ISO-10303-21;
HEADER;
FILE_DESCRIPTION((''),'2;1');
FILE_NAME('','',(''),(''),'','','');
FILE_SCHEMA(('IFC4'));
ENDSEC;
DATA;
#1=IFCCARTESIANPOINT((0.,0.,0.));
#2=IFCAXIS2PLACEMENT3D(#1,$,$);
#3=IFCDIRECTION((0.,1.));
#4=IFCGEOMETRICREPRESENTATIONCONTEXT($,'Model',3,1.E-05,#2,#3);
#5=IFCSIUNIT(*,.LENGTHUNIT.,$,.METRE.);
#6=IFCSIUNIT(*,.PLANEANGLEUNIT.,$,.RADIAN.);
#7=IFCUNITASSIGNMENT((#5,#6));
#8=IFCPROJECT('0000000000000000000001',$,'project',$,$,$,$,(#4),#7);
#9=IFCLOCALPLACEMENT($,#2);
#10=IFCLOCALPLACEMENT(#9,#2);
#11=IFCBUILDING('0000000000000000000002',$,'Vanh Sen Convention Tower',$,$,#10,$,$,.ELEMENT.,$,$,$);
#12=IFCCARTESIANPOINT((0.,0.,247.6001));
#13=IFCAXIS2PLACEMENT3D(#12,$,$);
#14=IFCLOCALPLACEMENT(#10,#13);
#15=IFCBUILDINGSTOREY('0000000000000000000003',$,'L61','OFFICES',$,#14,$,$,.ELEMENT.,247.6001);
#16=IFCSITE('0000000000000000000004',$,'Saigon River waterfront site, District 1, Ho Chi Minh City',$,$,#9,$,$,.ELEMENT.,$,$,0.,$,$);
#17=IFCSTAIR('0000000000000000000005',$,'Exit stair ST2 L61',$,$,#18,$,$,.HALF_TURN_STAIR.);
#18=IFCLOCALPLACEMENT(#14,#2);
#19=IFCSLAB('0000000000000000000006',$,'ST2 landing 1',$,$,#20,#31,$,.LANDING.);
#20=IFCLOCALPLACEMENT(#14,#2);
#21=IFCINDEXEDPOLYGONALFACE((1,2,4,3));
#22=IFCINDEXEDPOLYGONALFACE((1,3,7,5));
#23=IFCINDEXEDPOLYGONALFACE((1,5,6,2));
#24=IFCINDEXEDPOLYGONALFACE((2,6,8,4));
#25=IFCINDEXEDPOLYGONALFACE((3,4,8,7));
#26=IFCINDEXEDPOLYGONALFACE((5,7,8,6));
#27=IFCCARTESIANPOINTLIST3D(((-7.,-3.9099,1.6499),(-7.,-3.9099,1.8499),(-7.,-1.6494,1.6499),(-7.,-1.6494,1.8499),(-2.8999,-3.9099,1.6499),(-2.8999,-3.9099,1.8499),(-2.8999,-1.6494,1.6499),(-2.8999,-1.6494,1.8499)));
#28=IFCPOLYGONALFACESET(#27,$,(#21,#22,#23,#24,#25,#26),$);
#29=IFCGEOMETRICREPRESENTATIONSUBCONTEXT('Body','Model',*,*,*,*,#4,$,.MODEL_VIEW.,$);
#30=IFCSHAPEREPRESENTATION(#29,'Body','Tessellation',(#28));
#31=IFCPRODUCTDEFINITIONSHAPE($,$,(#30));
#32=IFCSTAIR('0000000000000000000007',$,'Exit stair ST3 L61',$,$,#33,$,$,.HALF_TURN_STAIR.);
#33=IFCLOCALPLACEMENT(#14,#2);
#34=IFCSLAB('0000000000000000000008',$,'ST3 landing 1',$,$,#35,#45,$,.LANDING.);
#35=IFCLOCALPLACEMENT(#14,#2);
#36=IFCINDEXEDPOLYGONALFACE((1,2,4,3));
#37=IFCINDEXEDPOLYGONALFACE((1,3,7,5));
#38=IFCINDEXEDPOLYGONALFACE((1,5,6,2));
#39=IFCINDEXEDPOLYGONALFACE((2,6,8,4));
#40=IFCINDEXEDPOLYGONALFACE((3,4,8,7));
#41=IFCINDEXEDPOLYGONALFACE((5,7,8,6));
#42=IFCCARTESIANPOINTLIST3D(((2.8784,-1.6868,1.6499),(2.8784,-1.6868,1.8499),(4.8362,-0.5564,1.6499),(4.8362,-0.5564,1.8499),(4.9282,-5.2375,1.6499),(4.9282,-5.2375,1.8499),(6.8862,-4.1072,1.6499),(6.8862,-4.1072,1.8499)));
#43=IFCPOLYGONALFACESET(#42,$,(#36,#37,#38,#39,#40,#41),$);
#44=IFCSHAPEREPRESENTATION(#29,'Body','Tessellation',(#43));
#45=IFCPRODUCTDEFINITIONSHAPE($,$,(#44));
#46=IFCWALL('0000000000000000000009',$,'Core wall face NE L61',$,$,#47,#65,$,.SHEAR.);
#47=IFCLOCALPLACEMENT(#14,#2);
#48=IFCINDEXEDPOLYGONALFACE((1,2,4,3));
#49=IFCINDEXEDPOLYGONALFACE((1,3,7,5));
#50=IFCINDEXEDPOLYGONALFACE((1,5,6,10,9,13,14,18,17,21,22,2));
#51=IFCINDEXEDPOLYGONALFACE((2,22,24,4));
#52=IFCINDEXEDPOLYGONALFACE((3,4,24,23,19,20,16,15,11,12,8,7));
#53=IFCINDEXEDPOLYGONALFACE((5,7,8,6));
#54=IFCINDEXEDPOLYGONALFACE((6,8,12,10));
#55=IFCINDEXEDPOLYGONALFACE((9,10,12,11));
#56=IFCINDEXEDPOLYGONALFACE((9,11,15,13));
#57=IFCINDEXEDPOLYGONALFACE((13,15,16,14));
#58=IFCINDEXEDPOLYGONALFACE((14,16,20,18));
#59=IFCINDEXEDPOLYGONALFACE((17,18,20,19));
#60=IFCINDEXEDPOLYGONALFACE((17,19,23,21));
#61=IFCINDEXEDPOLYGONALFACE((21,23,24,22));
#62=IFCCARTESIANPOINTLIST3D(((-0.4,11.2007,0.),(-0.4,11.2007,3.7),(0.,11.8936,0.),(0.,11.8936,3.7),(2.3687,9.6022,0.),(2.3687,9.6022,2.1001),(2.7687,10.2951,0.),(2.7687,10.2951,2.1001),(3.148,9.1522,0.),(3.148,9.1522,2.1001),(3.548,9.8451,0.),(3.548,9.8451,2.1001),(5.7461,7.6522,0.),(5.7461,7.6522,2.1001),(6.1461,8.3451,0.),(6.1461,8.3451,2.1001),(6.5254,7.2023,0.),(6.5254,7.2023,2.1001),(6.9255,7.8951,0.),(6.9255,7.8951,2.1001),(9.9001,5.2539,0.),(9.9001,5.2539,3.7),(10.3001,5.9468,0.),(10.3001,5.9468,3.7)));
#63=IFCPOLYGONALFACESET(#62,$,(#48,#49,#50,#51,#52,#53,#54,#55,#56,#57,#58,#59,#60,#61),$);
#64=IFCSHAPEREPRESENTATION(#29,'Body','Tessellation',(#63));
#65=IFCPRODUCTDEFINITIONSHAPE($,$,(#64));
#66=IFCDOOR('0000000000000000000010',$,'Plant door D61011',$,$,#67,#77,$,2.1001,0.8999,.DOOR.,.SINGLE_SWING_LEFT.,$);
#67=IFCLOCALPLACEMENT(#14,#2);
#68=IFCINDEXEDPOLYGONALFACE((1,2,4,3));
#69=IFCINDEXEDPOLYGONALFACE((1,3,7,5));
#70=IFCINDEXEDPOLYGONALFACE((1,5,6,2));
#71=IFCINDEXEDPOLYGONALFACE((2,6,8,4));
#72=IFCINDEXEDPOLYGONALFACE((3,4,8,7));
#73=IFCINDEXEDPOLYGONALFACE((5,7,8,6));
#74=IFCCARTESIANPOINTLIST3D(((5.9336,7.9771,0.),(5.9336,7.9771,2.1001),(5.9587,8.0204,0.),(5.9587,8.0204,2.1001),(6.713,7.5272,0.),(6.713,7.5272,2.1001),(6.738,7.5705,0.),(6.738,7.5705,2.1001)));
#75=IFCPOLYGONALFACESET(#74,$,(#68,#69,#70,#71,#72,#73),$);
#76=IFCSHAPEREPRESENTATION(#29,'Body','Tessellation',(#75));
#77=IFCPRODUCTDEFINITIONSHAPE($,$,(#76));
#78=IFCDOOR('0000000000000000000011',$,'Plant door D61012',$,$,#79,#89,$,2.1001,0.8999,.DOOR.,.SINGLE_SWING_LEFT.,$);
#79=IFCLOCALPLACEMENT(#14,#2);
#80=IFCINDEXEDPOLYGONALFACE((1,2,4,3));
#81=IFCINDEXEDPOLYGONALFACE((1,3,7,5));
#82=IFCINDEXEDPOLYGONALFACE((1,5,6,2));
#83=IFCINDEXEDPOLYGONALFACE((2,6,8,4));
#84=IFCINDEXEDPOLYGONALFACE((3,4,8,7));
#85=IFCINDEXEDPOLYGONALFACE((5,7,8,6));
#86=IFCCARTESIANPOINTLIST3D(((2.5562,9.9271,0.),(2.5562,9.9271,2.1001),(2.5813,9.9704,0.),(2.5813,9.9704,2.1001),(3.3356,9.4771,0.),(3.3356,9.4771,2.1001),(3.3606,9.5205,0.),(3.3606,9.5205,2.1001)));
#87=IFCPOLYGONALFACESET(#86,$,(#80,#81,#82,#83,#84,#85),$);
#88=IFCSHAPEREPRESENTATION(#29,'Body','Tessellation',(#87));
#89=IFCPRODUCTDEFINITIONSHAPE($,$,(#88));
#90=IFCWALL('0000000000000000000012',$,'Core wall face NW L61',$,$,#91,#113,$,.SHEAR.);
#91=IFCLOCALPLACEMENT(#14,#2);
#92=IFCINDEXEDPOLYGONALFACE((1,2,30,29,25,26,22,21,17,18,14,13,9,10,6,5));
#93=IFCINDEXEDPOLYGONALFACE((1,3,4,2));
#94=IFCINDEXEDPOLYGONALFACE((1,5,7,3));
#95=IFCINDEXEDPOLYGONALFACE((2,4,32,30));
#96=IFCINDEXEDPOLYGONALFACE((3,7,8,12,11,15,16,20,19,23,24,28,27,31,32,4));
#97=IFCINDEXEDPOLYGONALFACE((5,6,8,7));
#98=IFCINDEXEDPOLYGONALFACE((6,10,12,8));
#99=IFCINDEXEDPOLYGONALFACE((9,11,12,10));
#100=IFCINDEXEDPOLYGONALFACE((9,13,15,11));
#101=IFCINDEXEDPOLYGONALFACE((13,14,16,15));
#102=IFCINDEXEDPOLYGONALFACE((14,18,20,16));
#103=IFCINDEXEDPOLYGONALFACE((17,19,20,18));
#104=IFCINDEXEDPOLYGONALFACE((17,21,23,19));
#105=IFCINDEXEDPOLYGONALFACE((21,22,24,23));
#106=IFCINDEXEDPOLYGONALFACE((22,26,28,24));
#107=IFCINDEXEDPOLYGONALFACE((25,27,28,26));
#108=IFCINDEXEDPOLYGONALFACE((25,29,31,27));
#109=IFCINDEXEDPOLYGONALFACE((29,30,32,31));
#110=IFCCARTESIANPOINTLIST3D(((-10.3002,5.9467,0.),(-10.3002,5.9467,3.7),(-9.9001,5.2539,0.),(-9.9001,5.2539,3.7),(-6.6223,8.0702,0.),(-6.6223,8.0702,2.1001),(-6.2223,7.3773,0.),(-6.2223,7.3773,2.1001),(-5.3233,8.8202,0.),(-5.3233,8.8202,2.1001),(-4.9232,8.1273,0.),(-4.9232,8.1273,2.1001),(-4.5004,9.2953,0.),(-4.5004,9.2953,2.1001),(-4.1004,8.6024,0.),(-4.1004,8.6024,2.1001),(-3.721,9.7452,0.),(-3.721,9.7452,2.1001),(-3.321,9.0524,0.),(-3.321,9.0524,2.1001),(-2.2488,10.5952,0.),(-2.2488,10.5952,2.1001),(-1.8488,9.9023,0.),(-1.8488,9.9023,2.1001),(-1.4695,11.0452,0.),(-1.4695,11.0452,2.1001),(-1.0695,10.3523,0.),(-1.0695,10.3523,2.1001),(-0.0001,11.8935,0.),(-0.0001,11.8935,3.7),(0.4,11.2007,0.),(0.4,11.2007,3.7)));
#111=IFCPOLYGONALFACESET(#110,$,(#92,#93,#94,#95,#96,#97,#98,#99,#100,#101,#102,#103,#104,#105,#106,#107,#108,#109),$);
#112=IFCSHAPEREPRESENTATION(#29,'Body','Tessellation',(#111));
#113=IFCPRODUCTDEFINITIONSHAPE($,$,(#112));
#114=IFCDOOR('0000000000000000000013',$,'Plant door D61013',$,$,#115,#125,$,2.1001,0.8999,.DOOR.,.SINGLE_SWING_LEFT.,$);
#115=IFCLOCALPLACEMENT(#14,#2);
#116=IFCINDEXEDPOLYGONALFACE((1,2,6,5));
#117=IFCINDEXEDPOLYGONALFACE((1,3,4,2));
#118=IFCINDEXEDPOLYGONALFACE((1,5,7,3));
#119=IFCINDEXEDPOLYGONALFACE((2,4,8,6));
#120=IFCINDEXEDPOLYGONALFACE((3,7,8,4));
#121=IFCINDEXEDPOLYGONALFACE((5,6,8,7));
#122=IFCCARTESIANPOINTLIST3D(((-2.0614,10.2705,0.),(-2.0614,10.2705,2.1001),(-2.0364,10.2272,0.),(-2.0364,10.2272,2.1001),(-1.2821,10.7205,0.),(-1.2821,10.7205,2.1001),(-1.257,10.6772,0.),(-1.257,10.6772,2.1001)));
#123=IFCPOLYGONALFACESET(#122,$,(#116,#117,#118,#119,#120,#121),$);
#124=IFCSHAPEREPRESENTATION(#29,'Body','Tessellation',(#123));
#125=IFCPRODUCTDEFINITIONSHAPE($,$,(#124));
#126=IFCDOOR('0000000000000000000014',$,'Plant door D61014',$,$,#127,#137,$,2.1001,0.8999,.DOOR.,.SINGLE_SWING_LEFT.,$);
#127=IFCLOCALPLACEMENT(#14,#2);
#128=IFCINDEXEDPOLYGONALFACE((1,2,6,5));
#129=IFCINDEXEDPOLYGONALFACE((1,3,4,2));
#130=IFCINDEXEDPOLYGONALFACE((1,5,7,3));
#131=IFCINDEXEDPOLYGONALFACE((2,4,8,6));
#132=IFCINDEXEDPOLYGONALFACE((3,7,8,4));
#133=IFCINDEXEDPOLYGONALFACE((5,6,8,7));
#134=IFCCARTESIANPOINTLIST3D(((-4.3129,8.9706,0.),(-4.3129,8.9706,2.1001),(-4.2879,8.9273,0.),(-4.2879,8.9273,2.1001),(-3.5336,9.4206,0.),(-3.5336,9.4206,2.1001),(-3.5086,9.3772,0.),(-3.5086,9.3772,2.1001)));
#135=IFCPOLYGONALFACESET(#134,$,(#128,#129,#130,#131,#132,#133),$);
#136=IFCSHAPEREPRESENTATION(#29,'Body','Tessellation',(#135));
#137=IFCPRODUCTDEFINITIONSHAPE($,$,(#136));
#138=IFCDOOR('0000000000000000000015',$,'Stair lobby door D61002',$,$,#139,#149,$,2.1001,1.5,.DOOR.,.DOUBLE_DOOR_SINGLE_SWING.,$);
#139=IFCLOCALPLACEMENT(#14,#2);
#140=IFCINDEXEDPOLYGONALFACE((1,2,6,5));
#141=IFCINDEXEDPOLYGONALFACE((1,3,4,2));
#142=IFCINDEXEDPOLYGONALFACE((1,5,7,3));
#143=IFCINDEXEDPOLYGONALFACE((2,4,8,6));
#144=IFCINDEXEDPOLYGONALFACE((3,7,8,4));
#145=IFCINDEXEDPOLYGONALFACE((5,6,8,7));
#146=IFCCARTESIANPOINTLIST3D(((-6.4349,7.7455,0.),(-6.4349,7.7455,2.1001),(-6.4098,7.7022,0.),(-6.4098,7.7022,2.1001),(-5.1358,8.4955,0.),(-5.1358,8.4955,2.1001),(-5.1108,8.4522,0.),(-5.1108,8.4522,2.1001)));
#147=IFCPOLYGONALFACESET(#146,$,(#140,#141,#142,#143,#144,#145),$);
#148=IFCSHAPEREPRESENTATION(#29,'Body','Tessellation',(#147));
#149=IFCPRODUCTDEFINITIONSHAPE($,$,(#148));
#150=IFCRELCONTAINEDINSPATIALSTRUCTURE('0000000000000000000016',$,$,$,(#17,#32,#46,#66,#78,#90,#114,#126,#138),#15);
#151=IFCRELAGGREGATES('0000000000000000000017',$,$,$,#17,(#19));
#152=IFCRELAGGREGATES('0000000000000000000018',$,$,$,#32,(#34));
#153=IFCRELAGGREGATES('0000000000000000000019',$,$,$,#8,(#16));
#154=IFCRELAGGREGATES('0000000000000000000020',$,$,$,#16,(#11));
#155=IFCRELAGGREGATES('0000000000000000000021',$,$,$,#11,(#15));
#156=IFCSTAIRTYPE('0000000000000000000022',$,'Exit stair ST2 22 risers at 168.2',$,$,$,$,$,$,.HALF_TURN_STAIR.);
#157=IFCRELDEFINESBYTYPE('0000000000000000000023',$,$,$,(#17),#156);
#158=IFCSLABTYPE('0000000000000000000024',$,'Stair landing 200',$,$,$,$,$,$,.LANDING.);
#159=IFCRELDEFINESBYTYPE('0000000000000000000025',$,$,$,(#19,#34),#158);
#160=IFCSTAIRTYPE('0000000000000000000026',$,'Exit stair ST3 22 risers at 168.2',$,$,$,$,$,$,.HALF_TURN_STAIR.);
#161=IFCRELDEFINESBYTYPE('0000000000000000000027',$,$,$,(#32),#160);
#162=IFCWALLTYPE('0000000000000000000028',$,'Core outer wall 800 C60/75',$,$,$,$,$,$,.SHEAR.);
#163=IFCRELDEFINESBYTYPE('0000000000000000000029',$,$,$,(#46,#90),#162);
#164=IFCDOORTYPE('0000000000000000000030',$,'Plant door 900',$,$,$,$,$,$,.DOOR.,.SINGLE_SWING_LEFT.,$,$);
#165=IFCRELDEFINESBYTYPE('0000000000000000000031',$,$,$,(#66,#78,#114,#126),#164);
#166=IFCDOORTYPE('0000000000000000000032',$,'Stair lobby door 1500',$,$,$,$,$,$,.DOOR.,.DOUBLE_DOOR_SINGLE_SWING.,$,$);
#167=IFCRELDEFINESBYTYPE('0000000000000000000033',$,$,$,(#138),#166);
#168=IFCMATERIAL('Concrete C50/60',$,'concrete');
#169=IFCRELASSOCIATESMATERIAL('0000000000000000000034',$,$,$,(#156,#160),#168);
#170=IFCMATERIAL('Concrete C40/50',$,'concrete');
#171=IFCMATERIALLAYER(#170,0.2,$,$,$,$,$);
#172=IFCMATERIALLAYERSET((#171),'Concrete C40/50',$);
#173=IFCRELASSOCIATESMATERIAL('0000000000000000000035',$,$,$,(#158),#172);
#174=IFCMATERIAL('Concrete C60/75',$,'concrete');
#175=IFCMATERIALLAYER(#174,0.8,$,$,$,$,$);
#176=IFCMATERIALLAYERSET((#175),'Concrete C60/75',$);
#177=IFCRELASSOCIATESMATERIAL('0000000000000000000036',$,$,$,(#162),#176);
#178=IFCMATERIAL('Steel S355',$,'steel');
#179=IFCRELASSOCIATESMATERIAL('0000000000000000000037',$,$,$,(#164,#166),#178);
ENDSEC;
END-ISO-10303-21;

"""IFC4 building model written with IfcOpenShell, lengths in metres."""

from ifc_helpers import new_model, si_unit, direction, frame, frame_2d, origin, place, context, subcontext, project, spatial, polyline, rectangle, outline, extrude, material, layer, layer_set, type_object, element, fill, aggregate, save


model = new_model("IFC4")

# Units and contexts
model_context = context("Model", 3, precision=1e-05, world=origin(), true_north=direction((0.0, 1.0)))
body_context = subcontext(model_context, "Body", "Model", "MODEL_VIEW")
ifc_project = project(units=[si_unit("LENGTHUNIT", "METRE"), si_unit("PLANEANGLEUNIT", "RADIAN")], contexts=[model_context])

# Site, building, storey
site_placement = place(None, origin())
site = spatial("IfcSite", under=ifc_project, at=site_placement, Name="Saigon River waterfront site, District 1, Ho Chi Minh City", CompositionType="ELEMENT", RefElevation=0.0)
building_placement = place(site_placement, origin())
building = spatial("IfcBuilding", under=site, at=building_placement, Name="Vanh Sen Convention Tower", CompositionType="ELEMENT")
storey_placement = place(building_placement, frame((0.0, 0.0, 247.6001)))
storey = spatial("IfcBuildingStorey", under=building, at=storey_placement, Name="L61", Description="OFFICES", CompositionType="ELEMENT", Elevation=247.6001)

# Stairs, slabs
ifc_material_1 = material(Name="Concrete C50/60", Category="concrete")
stair_type_1 = type_object("IfcStairType", Name="Exit stair ST2 22 risers at 168.2", PredefinedType="HALF_TURN_STAIR", material=ifc_material_1)
stair_1_placement = place(storey_placement, origin())
stair_1 = element("IfcStair", 1, at=stair_1_placement, inside=storey, type_object=stair_type_1, Name="Exit stair ST2 L61", PredefinedType="HALF_TURN_STAIR")
ifc_material_2 = material(Name="Concrete C40/50", Category="concrete")
ifc_layer_1 = layer(ifc_material_2, 0.2)
ifc_layer_set_1 = layer_set([ifc_layer_1], Name="Concrete C40/50")
slab_type = type_object("IfcSlabType", Name="Stair landing 200", PredefinedType="LANDING", material=ifc_layer_set_1)
slab_1_placement = place(storey_placement, frame((0.0, 0.0, 1.6499)))
slab_1 = element("IfcSlab", 2, at=slab_1_placement, type_object=slab_type, Name="ST2 landing 1", PredefinedType="LANDING", context=body_context, shape_type="SweptSolid", body=[
    extrude(outline(polyline([(-7.0, -1.6494), (-7.0, -3.9099), (-2.8999, -3.9099), (-2.8999, -1.6494), (-7.0, -1.6494)])), origin(), (0.0, 0.0, 1.0), 0.2),
])
aggregate(stair_1, [slab_1])
stair_type_2 = type_object("IfcStairType", Name="Exit stair ST3 22 risers at 168.2", PredefinedType="HALF_TURN_STAIR", material=ifc_material_1)
stair_2_placement = place(storey_placement, origin())
stair_2 = element("IfcStair", 3, at=stair_2_placement, inside=storey, type_object=stair_type_2, Name="Exit stair ST3 L61", PredefinedType="HALF_TURN_STAIR")
slab_2_placement = place(storey_placement, frame((0.0, 0.0, 1.6499)))
slab_2 = element("IfcSlab", 4, at=slab_2_placement, type_object=slab_type, Name="ST3 landing 1", PredefinedType="LANDING", context=body_context, shape_type="SweptSolid", body=[
    extrude(outline(polyline([(4.9282, -5.2375), (6.8862, -4.1072), (4.8362, -0.5564), (2.8784, -1.6868), (4.9282, -5.2375)])), origin(), (0.0, 0.0, 1.0), 0.2),
])
aggregate(stair_2, [slab_2])

# Walls, openings, doors
ifc_material_3 = material(Name="Concrete C60/75", Category="concrete")
ifc_layer_2 = layer(ifc_material_3, 0.8)
ifc_layer_set_2 = layer_set([ifc_layer_2], Name="Concrete C60/75")
wall_type_1 = type_object("IfcWallType", Name="Core outer wall 800 C60/75", PredefinedType="SHEAR", material=ifc_layer_set_2)
wall_1_placement = place(storey_placement, frame((10.1001, 5.6003, 0.0), z_axis=(0.0, 0.0, 1.0), x_axis=(-0.866024, 0.500003, 0.0)))
wall_1 = element("IfcWall", 5, at=wall_1_placement, inside=storey, type_object=wall_type_1, Name="Core wall face NE L61", PredefinedType="SHEAR", context=body_context, shape_type="SweptSolid", body=[
    extrude(rectangle(XDim=11.8936, YDim=0.8, at=frame_2d((5.9468, 0.0))), origin(), (0.0, 0.0, 1.0), 3.7),
])
opening_1_placement = place(wall_1_placement, frame((3.8967, 0.0, 0.0)))
opening_1 = element("IfcOpeningElement", 6, at=opening_1_placement, cuts=wall_1, PredefinedType="OPENING", context=body_context, shape_type="SweptSolid", body=[
    extrude(rectangle(XDim=0.8999, YDim=2.1001, at=frame_2d((0.45, 1.05))), frame((0.0, 0.4099, 0.0), z_axis=(0.0, -1.0, 0.0), x_axis=(1.0, 0.0, 0.0)), (0.0, 0.0, 1.0), 0.8201),
])
opening_2_placement = place(wall_1_placement, frame((7.7966, 0.0, 0.0)))
opening_2 = element("IfcOpeningElement", 7, at=opening_2_placement, cuts=wall_1, PredefinedType="OPENING", context=body_context, shape_type="SweptSolid", body=[
    extrude(rectangle(XDim=0.8999, YDim=2.1001, at=frame_2d((0.45, 1.05))), frame((0.0, 0.4099, 0.0), z_axis=(0.0, -1.0, 0.0), x_axis=(1.0, 0.0, 0.0)), (0.0, 0.0, 1.0), 0.8201),
])
ifc_material_4 = material(Name="Steel S355", Category="steel")
door_type_1 = type_object("IfcDoorType", Name="Plant door 900", OperationType="SINGLE_SWING_LEFT", PredefinedType="DOOR", material=ifc_material_4)
door_1_placement = place(opening_1_placement, origin())
door_1 = element("IfcDoor", 8, at=door_1_placement, inside=storey, type_object=door_type_1, Name="Plant door D61011", OperationType="SINGLE_SWING_LEFT", OverallHeight=2.1001, OverallWidth=0.8999, PredefinedType="DOOR", context=body_context, shape_type="SweptSolid", body=[
    extrude(rectangle(XDim=0.8999, YDim=2.1001, at=frame_2d((0.45, 1.05))), frame((0.0, 0.0249, 0.0), z_axis=(0.0, -1.0, 0.0), x_axis=(1.0, 0.0, 0.0)), (0.0, 0.0, 1.0), 0.05),
])
fill(opening_1, door_1)
door_2_placement = place(opening_2_placement, origin())
door_2 = element("IfcDoor", 9, at=door_2_placement, inside=storey, type_object=door_type_1, Name="Plant door D61012", OperationType="SINGLE_SWING_LEFT", OverallHeight=2.1001, OverallWidth=0.8999, PredefinedType="DOOR", context=body_context, shape_type="SweptSolid", body=[
    extrude(rectangle(XDim=0.8999, YDim=2.1001, at=frame_2d((0.45, 1.05))), frame((0.0, 0.0249, 0.0), z_axis=(0.0, -1.0, 0.0), x_axis=(1.0, 0.0, 0.0)), (0.0, 0.0, 1.0), 0.05),
])
fill(opening_2, door_2)
wall_2_placement = place(storey_placement, frame((0.2, 11.5471, 0.0), z_axis=(0.0, 0.0, 1.0), x_axis=(-0.866024, -0.500003, 0.0)))
wall_2 = element("IfcWall", 10, at=wall_2_placement, inside=storey, type_object=wall_type_1, Name="Core wall face NW L61", PredefinedType="SHEAR", context=body_context, shape_type="SweptSolid", body=[
    extrude(rectangle(XDim=11.8936, YDim=0.8, at=frame_2d((5.9468, 0.0))), origin(), (0.0, 0.0, 1.0), 3.7),
])
opening_3_placement = place(wall_2_placement, frame((6.1467, 0.0, 0.0)))
opening_3 = element("IfcOpeningElement", 11, at=opening_3_placement, cuts=wall_2, PredefinedType="OPENING", context=body_context, shape_type="SweptSolid", body=[
    extrude(rectangle(XDim=1.5, YDim=2.1001, at=frame_2d((0.75, 1.05))), frame((0.0, 0.4099, 0.0), z_axis=(0.0, -1.0, 0.0), x_axis=(1.0, 0.0, 0.0)), (0.0, 0.0, 1.0), 0.8201),
])
opening_4_placement = place(wall_2_placement, frame((1.6968, 0.0, 0.0)))
opening_4 = element("IfcOpeningElement", 12, at=opening_4_placement, cuts=wall_2, PredefinedType="OPENING", context=body_context, shape_type="SweptSolid", body=[
    extrude(rectangle(XDim=0.8999, YDim=2.1001, at=frame_2d((0.45, 1.05))), frame((0.0, 0.4099, 0.0), z_axis=(0.0, -1.0, 0.0), x_axis=(1.0, 0.0, 0.0)), (0.0, 0.0, 1.0), 0.8201),
])
opening_5_placement = place(wall_2_placement, frame((4.2966, 0.0, 0.0)))
opening_5 = element("IfcOpeningElement", 13, at=opening_5_placement, cuts=wall_2, PredefinedType="OPENING", context=body_context, shape_type="SweptSolid", body=[
    extrude(rectangle(XDim=0.8999, YDim=2.1001, at=frame_2d((0.45, 1.05))), frame((0.0, 0.4099, 0.0), z_axis=(0.0, -1.0, 0.0), x_axis=(1.0, 0.0, 0.0)), (0.0, 0.0, 1.0), 0.8201),
])
door_3_placement = place(opening_4_placement, origin())
door_3 = element("IfcDoor", 14, at=door_3_placement, inside=storey, type_object=door_type_1, Name="Plant door D61013", OperationType="SINGLE_SWING_LEFT", OverallHeight=2.1001, OverallWidth=0.8999, PredefinedType="DOOR", context=body_context, shape_type="SweptSolid", body=[
    extrude(rectangle(XDim=0.8999, YDim=2.1001, at=frame_2d((0.45, 1.05))), frame((0.0, 0.0249, 0.0), z_axis=(0.0, -1.0, 0.0), x_axis=(1.0, 0.0, 0.0)), (0.0, 0.0, 1.0), 0.05),
])
fill(opening_4, door_3)
door_4_placement = place(opening_5_placement, origin())
door_4 = element("IfcDoor", 15, at=door_4_placement, inside=storey, type_object=door_type_1, Name="Plant door D61014", OperationType="SINGLE_SWING_LEFT", OverallHeight=2.1001, OverallWidth=0.8999, PredefinedType="DOOR", context=body_context, shape_type="SweptSolid", body=[
    extrude(rectangle(XDim=0.8999, YDim=2.1001, at=frame_2d((0.45, 1.05))), frame((0.0, 0.0249, 0.0), z_axis=(0.0, -1.0, 0.0), x_axis=(1.0, 0.0, 0.0)), (0.0, 0.0, 1.0), 0.05),
])
fill(opening_5, door_4)
door_type_2 = type_object("IfcDoorType", Name="Stair lobby door 1500", OperationType="DOUBLE_DOOR_SINGLE_SWING", PredefinedType="DOOR", material=ifc_material_4)
door_5_placement = place(opening_3_placement, origin())
door_5 = element("IfcDoor", 16, at=door_5_placement, inside=storey, type_object=door_type_2, Name="Stair lobby door D61002", OperationType="DOUBLE_DOOR_SINGLE_SWING", OverallHeight=2.1001, OverallWidth=1.5, PredefinedType="DOOR", context=body_context, shape_type="SweptSolid", body=[
    extrude(rectangle(XDim=1.5, YDim=2.1001, at=frame_2d((0.75, 1.05))), frame((0.0, 0.0249, 0.0), z_axis=(0.0, -1.0, 0.0), x_axis=(1.0, 0.0, 0.0)), (0.0, 0.0, 1.0), 0.05),
])
fill(opening_3, door_5)

save(model, "model.ifc")
